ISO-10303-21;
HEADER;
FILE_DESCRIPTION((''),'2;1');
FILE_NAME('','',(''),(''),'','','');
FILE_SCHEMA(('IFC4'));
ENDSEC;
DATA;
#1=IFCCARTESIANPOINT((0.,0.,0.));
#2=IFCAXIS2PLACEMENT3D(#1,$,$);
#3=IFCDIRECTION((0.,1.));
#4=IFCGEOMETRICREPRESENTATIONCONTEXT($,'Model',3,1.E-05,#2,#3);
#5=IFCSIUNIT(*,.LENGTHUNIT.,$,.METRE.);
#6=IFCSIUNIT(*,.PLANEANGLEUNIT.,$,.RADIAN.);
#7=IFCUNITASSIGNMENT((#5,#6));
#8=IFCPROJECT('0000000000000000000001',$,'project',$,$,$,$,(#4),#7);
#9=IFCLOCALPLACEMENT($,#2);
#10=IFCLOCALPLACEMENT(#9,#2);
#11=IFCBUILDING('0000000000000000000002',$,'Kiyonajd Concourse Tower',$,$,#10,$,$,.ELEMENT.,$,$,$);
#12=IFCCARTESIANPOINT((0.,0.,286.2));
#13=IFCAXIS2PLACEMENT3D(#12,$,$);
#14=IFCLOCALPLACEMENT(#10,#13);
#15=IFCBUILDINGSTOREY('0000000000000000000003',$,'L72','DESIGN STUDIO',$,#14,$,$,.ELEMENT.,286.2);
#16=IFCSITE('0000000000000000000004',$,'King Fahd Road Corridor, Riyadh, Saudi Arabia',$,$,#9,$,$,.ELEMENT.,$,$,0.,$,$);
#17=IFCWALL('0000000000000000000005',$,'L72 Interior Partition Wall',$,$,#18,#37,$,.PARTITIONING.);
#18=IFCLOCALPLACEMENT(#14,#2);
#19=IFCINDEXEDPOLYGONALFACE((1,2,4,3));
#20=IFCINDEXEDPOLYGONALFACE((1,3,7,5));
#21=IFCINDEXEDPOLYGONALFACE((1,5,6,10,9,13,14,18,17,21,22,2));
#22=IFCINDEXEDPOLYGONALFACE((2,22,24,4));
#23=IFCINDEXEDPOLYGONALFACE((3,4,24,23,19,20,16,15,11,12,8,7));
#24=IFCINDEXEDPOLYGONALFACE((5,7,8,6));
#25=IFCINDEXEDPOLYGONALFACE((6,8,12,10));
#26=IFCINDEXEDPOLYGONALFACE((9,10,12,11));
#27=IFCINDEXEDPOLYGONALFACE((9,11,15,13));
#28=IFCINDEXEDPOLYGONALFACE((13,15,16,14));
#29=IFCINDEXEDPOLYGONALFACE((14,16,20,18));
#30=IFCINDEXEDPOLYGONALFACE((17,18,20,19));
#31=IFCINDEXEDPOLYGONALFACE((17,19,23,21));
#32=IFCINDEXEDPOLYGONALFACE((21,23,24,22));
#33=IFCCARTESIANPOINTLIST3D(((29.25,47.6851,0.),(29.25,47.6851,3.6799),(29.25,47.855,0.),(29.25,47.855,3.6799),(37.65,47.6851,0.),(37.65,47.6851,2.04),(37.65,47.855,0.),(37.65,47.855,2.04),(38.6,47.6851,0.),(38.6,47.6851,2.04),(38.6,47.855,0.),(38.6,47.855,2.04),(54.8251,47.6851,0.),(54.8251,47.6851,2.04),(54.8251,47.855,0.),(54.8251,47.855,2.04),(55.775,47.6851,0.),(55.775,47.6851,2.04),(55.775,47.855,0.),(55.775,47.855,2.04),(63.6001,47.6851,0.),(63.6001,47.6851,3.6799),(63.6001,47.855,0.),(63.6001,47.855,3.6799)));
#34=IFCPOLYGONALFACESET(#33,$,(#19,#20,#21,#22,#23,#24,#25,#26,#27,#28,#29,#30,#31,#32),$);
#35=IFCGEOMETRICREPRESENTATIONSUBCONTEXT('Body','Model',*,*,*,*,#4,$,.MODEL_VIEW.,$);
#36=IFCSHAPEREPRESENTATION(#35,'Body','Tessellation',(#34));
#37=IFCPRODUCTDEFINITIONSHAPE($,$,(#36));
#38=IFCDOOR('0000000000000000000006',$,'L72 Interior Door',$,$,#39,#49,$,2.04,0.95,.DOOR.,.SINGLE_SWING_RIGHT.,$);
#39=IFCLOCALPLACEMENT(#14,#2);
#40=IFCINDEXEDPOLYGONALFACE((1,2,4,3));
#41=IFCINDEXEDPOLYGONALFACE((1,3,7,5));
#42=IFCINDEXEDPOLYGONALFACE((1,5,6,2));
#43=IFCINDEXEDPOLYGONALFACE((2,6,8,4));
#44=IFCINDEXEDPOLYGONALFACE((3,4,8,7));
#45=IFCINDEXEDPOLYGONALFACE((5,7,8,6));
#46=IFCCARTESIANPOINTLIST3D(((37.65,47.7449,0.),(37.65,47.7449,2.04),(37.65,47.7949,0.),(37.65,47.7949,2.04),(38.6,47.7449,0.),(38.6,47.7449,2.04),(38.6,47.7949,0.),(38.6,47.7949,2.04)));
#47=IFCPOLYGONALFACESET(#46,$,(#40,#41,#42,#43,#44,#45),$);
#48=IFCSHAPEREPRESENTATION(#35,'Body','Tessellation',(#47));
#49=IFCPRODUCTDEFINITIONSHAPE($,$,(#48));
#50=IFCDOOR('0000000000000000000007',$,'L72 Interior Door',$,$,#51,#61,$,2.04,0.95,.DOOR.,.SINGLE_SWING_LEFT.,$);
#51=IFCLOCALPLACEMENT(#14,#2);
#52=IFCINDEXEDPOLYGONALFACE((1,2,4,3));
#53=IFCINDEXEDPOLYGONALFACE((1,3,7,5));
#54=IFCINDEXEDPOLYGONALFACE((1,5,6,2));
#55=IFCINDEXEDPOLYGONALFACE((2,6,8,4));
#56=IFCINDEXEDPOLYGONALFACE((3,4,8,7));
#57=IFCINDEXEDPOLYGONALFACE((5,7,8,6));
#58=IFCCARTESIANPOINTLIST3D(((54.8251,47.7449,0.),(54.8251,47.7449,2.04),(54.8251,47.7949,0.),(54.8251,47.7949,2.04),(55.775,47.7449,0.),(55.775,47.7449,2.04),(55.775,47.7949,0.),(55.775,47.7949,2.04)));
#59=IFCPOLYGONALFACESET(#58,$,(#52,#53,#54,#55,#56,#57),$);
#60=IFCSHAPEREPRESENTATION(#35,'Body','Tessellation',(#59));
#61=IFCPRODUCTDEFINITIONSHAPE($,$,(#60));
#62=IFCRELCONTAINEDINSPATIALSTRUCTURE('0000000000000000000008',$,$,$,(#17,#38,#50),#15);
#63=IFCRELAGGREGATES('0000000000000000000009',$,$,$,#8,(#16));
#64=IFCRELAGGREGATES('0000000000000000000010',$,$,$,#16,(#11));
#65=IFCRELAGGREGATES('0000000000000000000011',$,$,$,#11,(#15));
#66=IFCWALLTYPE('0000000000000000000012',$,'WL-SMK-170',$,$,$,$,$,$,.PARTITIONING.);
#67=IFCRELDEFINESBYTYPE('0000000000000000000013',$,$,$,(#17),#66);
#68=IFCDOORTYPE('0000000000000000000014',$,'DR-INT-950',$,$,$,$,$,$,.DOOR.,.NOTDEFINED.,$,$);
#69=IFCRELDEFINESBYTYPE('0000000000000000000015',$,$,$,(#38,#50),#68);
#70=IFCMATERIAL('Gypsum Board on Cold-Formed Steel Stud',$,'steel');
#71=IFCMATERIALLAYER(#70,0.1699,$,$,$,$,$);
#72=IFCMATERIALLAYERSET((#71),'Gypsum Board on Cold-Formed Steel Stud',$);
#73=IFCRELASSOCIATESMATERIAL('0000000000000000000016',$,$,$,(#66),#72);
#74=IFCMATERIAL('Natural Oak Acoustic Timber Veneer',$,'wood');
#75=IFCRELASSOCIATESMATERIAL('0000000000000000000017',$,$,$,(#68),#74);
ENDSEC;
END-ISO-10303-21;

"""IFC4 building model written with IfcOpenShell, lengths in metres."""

from ifc_helpers import new_model, si_unit, direction, frame, frame_2d, origin, place, context, subcontext, project, spatial, rectangle, extrude, material, layer, layer_set, type_object, element, fill, save


model = new_model("IFC4")

# Units and contexts
model_context = context("Model", 3, precision=1e-05, world=origin(), true_north=direction((0.0, 1.0)))
body_context = subcontext(model_context, "Body", "Model", "MODEL_VIEW")
ifc_project = project(units=[si_unit("LENGTHUNIT", "METRE"), si_unit("PLANEANGLEUNIT", "RADIAN")], contexts=[model_context])

# Site, building, storey
site_placement = place(None, origin())
site = spatial("IfcSite", under=ifc_project, at=site_placement, Name="King Fahd Road Corridor, Riyadh, Saudi Arabia", CompositionType="ELEMENT", RefElevation=0.0)
building_placement = place(site_placement, origin())
building = spatial("IfcBuilding", under=site, at=building_placement, Name="Kiyonajd Concourse Tower", CompositionType="ELEMENT")
storey_placement = place(building_placement, frame((0.0, 0.0, 286.2)))
storey = spatial("IfcBuildingStorey", under=building, at=storey_placement, Name="L72", Description="DESIGN STUDIO", CompositionType="ELEMENT", Elevation=286.2)

# Wall, openings, doors
ifc_material_1 = material(Name="Gypsum Board on Cold-Formed Steel Stud", Category="steel")
ifc_layer_1 = layer(ifc_material_1, 0.1699)
ifc_layer_set_1 = layer_set([ifc_layer_1], Name="Gypsum Board on Cold-Formed Steel Stud")
wall_type_1 = type_object("IfcWallType", Name="WL-SMK-170", PredefinedType="PARTITIONING", material=ifc_layer_set_1)
wall_1_placement = place(storey_placement, frame((29.25, 47.77, 0.0), z_axis=(0.0, 0.0, 1.0), x_axis=(1.0, 0.0, 0.0)))
wall_1 = element("IfcWall", 1, at=wall_1_placement, inside=storey, type_object=wall_type_1, Name="L72 Interior Partition Wall", PredefinedType="PARTITIONING", context=body_context, shape_type="SweptSolid", body=[
    extrude(rectangle(XDim=34.3501, YDim=0.1699, at=frame_2d((17.175, 0.0))), origin(), (0.0, 0.0, 1.0), 3.6799),
])
opening_1_placement = place(wall_1_placement, frame((8.3999, 0.0, 0.0)))
opening_1 = element("IfcOpeningElement", 2, at=opening_1_placement, cuts=wall_1, PredefinedType="OPENING", context=body_context, shape_type="SweptSolid", body=[
    extrude(rectangle(XDim=0.95, YDim=2.04, at=frame_2d((0.4751, 1.02))), frame((0.0, 0.095, 0.0), z_axis=(0.0, -1.0, 0.0), x_axis=(1.0, 0.0, 0.0)), (0.0, 0.0, 1.0), 0.1899),
])
opening_2_placement = place(wall_1_placement, frame((25.575, 0.0, 0.0)))
opening_2 = element("IfcOpeningElement", 3, at=opening_2_placement, cuts=wall_1, PredefinedType="OPENING", context=body_context, shape_type="SweptSolid", body=[
    extrude(rectangle(XDim=0.95, YDim=2.04, at=frame_2d((0.4751, 1.02))), frame((0.0, 0.095, 0.0), z_axis=(0.0, -1.0, 0.0), x_axis=(1.0, 0.0, 0.0)), (0.0, 0.0, 1.0), 0.1899),
])
ifc_material_2 = material(Name="Natural Oak Acoustic Timber Veneer", Category="wood")
door_type = type_object("IfcDoorType", Name="DR-INT-950", OperationType="NOTDEFINED", PredefinedType="DOOR", material=ifc_material_2)
door_1_placement = place(opening_1_placement, origin())
door_1 = element("IfcDoor", 4, at=door_1_placement, inside=storey, type_object=door_type, Name="L72 Interior Door", OperationType="SINGLE_SWING_RIGHT", OverallHeight=2.04, OverallWidth=0.95, PredefinedType="DOOR", context=body_context, shape_type="SweptSolid", body=[
    extrude(rectangle(XDim=0.95, YDim=2.04, at=frame_2d((0.4751, 1.02))), frame((0.0, 0.0249, 0.0), z_axis=(0.0, -1.0, 0.0), x_axis=(1.0, 0.0, 0.0)), (0.0, 0.0, 1.0), 0.05),
])
fill(opening_1, door_1)
door_2_placement = place(opening_2_placement, origin())
door_2 = element("IfcDoor", 5, at=door_2_placement, inside=storey, type_object=door_type, Name="L72 Interior Door", OperationType="SINGLE_SWING_LEFT", OverallHeight=2.04, OverallWidth=0.95, PredefinedType="DOOR", context=body_context, shape_type="SweptSolid", body=[
    extrude(rectangle(XDim=0.95, YDim=2.04, at=frame_2d((0.4751, 1.02))), frame((0.0, 0.0249, 0.0), z_axis=(0.0, -1.0, 0.0), x_axis=(1.0, 0.0, 0.0)), (0.0, 0.0, 1.0), 0.05),
])
fill(opening_2, door_2)

save(model, "model.ifc")
